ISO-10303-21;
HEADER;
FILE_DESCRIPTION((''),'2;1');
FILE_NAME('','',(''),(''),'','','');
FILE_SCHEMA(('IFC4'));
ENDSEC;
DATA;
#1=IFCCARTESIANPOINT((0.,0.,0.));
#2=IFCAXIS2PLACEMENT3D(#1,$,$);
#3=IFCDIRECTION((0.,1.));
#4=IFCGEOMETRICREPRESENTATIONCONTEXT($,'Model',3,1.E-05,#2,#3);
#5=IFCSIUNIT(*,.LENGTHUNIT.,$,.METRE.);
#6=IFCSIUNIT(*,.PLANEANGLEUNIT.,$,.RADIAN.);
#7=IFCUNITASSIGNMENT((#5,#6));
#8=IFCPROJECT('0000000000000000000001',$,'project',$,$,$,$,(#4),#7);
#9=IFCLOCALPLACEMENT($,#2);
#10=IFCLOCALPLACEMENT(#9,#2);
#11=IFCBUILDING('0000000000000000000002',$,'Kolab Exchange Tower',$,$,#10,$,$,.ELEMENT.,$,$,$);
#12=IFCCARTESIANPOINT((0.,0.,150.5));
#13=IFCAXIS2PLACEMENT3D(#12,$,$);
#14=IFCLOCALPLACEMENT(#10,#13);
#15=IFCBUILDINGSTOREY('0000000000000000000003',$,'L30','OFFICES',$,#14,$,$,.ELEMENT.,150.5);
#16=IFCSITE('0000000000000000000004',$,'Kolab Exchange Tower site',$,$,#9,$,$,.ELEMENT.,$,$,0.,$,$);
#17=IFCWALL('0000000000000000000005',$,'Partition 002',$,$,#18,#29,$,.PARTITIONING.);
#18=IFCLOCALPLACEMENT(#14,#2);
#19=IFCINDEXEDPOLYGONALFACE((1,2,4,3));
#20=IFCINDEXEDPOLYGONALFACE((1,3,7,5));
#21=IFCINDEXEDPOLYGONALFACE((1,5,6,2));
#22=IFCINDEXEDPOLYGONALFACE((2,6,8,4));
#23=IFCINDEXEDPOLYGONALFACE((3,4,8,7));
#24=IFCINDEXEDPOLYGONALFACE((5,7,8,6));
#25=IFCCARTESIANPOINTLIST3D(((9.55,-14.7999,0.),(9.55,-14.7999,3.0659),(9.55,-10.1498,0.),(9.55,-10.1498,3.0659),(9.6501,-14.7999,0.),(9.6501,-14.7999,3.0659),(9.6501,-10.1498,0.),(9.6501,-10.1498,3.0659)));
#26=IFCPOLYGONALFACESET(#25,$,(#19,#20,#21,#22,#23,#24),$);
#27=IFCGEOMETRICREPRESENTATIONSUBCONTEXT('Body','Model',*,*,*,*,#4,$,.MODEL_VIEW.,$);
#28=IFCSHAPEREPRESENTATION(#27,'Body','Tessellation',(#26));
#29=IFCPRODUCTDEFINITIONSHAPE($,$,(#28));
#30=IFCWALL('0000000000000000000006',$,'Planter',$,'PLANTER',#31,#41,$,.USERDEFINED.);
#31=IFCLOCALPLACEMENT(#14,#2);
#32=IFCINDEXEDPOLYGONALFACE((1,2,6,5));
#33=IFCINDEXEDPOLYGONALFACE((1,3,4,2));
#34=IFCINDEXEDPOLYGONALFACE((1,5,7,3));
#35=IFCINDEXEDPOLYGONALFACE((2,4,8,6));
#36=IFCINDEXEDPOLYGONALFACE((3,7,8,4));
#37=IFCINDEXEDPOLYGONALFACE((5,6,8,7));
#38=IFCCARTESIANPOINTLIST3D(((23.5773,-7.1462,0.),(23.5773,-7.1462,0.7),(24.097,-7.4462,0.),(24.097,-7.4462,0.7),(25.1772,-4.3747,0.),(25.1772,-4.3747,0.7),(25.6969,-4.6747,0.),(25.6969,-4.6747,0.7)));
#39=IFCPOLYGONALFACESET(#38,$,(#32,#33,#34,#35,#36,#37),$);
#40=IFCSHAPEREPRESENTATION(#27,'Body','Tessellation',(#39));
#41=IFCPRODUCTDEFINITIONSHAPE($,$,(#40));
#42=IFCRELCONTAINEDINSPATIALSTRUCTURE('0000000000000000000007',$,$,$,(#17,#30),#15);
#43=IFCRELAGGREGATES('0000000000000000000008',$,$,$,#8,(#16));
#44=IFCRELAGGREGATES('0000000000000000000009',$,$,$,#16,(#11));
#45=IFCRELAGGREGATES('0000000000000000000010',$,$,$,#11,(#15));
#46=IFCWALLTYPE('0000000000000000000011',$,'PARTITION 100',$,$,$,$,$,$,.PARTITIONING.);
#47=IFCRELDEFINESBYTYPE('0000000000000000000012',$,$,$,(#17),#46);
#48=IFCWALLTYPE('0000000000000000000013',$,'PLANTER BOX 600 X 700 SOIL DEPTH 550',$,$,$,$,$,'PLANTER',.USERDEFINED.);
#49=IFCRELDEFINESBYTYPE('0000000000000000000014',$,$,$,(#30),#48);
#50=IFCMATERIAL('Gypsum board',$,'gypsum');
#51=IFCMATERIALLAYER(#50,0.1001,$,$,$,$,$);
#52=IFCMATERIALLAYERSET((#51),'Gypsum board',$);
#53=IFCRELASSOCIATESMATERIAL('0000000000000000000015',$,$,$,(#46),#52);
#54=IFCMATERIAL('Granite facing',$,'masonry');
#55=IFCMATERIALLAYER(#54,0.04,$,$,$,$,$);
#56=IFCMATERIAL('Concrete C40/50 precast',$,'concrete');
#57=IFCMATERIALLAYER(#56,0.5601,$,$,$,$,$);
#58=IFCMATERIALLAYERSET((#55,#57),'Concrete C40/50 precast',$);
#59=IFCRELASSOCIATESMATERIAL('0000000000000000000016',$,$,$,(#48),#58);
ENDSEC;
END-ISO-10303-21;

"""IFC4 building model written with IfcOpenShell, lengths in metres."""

from ifc_helpers import new_model, si_unit, direction, frame, frame_2d, origin, place, context, subcontext, project, spatial, rectangle, extrude, material, layer, layer_set, type_object, element, save


model = new_model("IFC4")

# Units and contexts
model_context = context("Model", 3, precision=1e-05, world=origin(), true_north=direction((0.0, 1.0)))
body_context = subcontext(model_context, "Body", "Model", "MODEL_VIEW")
ifc_project = project(units=[si_unit("LENGTHUNIT", "METRE"), si_unit("PLANEANGLEUNIT", "RADIAN")], contexts=[model_context])

# Site, building, storey
site_placement = place(None, origin())
site = spatial("IfcSite", under=ifc_project, at=site_placement, Name="Kolab Exchange Tower site", CompositionType="ELEMENT", RefElevation=0.0)
building_placement = place(site_placement, origin())
building = spatial("IfcBuilding", under=site, at=building_placement, Name="Kolab Exchange Tower", CompositionType="ELEMENT")
storey_placement = place(building_placement, frame((0.0, 0.0, 150.5)))
storey = spatial("IfcBuildingStorey", under=building, at=storey_placement, Name="L30", Description="OFFICES", CompositionType="ELEMENT", Elevation=150.5)

# Walls
ifc_material_1 = material(Name="Gypsum board", Category="gypsum")
ifc_layer_1 = layer(ifc_material_1, 0.1001)
ifc_layer_set_1 = layer_set([ifc_layer_1], Name="Gypsum board")
wall_type_1 = type_object("IfcWallType", Name="PARTITION 100", PredefinedType="PARTITIONING", material=ifc_layer_set_1)
wall_1_placement = place(storey_placement, frame((9.6001, -14.8, 0.0), z_axis=(0.0, 0.0, 1.0), x_axis=(0.0, 1.0, 0.0)))
element("IfcWall", 1, at=wall_1_placement, inside=storey, type_object=wall_type_1, Name="Partition 002", PredefinedType="PARTITIONING", context=body_context, shape_type="SweptSolid", body=[
    extrude(rectangle(XDim=4.6501, YDim=0.1001, at=frame_2d((2.3252, 0.0))), origin(), (0.0, 0.0, 1.0), 3.0659),
])
ifc_material_2 = material(Name="Granite facing", Category="masonry")
ifc_layer_2 = layer(ifc_material_2, 0.04)
ifc_material_3 = material(Name="Concrete C40/50 precast", Category="concrete")
ifc_layer_3 = layer(ifc_material_3, 0.5601)
ifc_layer_set_2 = layer_set([ifc_layer_2, ifc_layer_3], Name="Concrete C40/50 precast")
wall_type_2 = type_object("IfcWallType", Name="PLANTER BOX 600 X 700 SOIL DEPTH 550", ElementType="PLANTER", PredefinedType="USERDEFINED", material=ifc_layer_set_2)
wall_2_placement = place(storey_placement, frame((25.437, -4.5247, 0.0), z_axis=(0.0, 0.0, 1.0), x_axis=(-0.499938, -0.866061, 0.0)))
element("IfcWall", 2, at=wall_2_placement, inside=storey, type_object=wall_type_2, Name="Planter", ObjectType="PLANTER", PredefinedType="USERDEFINED", context=body_context, shape_type="SweptSolid", body=[
    extrude(rectangle(XDim=3.2002, YDim=0.6001, at=frame_2d((1.6001, 0.0))), origin(), (0.0, 0.0, 1.0), 0.7),
])

save(model, "model.ifc")
